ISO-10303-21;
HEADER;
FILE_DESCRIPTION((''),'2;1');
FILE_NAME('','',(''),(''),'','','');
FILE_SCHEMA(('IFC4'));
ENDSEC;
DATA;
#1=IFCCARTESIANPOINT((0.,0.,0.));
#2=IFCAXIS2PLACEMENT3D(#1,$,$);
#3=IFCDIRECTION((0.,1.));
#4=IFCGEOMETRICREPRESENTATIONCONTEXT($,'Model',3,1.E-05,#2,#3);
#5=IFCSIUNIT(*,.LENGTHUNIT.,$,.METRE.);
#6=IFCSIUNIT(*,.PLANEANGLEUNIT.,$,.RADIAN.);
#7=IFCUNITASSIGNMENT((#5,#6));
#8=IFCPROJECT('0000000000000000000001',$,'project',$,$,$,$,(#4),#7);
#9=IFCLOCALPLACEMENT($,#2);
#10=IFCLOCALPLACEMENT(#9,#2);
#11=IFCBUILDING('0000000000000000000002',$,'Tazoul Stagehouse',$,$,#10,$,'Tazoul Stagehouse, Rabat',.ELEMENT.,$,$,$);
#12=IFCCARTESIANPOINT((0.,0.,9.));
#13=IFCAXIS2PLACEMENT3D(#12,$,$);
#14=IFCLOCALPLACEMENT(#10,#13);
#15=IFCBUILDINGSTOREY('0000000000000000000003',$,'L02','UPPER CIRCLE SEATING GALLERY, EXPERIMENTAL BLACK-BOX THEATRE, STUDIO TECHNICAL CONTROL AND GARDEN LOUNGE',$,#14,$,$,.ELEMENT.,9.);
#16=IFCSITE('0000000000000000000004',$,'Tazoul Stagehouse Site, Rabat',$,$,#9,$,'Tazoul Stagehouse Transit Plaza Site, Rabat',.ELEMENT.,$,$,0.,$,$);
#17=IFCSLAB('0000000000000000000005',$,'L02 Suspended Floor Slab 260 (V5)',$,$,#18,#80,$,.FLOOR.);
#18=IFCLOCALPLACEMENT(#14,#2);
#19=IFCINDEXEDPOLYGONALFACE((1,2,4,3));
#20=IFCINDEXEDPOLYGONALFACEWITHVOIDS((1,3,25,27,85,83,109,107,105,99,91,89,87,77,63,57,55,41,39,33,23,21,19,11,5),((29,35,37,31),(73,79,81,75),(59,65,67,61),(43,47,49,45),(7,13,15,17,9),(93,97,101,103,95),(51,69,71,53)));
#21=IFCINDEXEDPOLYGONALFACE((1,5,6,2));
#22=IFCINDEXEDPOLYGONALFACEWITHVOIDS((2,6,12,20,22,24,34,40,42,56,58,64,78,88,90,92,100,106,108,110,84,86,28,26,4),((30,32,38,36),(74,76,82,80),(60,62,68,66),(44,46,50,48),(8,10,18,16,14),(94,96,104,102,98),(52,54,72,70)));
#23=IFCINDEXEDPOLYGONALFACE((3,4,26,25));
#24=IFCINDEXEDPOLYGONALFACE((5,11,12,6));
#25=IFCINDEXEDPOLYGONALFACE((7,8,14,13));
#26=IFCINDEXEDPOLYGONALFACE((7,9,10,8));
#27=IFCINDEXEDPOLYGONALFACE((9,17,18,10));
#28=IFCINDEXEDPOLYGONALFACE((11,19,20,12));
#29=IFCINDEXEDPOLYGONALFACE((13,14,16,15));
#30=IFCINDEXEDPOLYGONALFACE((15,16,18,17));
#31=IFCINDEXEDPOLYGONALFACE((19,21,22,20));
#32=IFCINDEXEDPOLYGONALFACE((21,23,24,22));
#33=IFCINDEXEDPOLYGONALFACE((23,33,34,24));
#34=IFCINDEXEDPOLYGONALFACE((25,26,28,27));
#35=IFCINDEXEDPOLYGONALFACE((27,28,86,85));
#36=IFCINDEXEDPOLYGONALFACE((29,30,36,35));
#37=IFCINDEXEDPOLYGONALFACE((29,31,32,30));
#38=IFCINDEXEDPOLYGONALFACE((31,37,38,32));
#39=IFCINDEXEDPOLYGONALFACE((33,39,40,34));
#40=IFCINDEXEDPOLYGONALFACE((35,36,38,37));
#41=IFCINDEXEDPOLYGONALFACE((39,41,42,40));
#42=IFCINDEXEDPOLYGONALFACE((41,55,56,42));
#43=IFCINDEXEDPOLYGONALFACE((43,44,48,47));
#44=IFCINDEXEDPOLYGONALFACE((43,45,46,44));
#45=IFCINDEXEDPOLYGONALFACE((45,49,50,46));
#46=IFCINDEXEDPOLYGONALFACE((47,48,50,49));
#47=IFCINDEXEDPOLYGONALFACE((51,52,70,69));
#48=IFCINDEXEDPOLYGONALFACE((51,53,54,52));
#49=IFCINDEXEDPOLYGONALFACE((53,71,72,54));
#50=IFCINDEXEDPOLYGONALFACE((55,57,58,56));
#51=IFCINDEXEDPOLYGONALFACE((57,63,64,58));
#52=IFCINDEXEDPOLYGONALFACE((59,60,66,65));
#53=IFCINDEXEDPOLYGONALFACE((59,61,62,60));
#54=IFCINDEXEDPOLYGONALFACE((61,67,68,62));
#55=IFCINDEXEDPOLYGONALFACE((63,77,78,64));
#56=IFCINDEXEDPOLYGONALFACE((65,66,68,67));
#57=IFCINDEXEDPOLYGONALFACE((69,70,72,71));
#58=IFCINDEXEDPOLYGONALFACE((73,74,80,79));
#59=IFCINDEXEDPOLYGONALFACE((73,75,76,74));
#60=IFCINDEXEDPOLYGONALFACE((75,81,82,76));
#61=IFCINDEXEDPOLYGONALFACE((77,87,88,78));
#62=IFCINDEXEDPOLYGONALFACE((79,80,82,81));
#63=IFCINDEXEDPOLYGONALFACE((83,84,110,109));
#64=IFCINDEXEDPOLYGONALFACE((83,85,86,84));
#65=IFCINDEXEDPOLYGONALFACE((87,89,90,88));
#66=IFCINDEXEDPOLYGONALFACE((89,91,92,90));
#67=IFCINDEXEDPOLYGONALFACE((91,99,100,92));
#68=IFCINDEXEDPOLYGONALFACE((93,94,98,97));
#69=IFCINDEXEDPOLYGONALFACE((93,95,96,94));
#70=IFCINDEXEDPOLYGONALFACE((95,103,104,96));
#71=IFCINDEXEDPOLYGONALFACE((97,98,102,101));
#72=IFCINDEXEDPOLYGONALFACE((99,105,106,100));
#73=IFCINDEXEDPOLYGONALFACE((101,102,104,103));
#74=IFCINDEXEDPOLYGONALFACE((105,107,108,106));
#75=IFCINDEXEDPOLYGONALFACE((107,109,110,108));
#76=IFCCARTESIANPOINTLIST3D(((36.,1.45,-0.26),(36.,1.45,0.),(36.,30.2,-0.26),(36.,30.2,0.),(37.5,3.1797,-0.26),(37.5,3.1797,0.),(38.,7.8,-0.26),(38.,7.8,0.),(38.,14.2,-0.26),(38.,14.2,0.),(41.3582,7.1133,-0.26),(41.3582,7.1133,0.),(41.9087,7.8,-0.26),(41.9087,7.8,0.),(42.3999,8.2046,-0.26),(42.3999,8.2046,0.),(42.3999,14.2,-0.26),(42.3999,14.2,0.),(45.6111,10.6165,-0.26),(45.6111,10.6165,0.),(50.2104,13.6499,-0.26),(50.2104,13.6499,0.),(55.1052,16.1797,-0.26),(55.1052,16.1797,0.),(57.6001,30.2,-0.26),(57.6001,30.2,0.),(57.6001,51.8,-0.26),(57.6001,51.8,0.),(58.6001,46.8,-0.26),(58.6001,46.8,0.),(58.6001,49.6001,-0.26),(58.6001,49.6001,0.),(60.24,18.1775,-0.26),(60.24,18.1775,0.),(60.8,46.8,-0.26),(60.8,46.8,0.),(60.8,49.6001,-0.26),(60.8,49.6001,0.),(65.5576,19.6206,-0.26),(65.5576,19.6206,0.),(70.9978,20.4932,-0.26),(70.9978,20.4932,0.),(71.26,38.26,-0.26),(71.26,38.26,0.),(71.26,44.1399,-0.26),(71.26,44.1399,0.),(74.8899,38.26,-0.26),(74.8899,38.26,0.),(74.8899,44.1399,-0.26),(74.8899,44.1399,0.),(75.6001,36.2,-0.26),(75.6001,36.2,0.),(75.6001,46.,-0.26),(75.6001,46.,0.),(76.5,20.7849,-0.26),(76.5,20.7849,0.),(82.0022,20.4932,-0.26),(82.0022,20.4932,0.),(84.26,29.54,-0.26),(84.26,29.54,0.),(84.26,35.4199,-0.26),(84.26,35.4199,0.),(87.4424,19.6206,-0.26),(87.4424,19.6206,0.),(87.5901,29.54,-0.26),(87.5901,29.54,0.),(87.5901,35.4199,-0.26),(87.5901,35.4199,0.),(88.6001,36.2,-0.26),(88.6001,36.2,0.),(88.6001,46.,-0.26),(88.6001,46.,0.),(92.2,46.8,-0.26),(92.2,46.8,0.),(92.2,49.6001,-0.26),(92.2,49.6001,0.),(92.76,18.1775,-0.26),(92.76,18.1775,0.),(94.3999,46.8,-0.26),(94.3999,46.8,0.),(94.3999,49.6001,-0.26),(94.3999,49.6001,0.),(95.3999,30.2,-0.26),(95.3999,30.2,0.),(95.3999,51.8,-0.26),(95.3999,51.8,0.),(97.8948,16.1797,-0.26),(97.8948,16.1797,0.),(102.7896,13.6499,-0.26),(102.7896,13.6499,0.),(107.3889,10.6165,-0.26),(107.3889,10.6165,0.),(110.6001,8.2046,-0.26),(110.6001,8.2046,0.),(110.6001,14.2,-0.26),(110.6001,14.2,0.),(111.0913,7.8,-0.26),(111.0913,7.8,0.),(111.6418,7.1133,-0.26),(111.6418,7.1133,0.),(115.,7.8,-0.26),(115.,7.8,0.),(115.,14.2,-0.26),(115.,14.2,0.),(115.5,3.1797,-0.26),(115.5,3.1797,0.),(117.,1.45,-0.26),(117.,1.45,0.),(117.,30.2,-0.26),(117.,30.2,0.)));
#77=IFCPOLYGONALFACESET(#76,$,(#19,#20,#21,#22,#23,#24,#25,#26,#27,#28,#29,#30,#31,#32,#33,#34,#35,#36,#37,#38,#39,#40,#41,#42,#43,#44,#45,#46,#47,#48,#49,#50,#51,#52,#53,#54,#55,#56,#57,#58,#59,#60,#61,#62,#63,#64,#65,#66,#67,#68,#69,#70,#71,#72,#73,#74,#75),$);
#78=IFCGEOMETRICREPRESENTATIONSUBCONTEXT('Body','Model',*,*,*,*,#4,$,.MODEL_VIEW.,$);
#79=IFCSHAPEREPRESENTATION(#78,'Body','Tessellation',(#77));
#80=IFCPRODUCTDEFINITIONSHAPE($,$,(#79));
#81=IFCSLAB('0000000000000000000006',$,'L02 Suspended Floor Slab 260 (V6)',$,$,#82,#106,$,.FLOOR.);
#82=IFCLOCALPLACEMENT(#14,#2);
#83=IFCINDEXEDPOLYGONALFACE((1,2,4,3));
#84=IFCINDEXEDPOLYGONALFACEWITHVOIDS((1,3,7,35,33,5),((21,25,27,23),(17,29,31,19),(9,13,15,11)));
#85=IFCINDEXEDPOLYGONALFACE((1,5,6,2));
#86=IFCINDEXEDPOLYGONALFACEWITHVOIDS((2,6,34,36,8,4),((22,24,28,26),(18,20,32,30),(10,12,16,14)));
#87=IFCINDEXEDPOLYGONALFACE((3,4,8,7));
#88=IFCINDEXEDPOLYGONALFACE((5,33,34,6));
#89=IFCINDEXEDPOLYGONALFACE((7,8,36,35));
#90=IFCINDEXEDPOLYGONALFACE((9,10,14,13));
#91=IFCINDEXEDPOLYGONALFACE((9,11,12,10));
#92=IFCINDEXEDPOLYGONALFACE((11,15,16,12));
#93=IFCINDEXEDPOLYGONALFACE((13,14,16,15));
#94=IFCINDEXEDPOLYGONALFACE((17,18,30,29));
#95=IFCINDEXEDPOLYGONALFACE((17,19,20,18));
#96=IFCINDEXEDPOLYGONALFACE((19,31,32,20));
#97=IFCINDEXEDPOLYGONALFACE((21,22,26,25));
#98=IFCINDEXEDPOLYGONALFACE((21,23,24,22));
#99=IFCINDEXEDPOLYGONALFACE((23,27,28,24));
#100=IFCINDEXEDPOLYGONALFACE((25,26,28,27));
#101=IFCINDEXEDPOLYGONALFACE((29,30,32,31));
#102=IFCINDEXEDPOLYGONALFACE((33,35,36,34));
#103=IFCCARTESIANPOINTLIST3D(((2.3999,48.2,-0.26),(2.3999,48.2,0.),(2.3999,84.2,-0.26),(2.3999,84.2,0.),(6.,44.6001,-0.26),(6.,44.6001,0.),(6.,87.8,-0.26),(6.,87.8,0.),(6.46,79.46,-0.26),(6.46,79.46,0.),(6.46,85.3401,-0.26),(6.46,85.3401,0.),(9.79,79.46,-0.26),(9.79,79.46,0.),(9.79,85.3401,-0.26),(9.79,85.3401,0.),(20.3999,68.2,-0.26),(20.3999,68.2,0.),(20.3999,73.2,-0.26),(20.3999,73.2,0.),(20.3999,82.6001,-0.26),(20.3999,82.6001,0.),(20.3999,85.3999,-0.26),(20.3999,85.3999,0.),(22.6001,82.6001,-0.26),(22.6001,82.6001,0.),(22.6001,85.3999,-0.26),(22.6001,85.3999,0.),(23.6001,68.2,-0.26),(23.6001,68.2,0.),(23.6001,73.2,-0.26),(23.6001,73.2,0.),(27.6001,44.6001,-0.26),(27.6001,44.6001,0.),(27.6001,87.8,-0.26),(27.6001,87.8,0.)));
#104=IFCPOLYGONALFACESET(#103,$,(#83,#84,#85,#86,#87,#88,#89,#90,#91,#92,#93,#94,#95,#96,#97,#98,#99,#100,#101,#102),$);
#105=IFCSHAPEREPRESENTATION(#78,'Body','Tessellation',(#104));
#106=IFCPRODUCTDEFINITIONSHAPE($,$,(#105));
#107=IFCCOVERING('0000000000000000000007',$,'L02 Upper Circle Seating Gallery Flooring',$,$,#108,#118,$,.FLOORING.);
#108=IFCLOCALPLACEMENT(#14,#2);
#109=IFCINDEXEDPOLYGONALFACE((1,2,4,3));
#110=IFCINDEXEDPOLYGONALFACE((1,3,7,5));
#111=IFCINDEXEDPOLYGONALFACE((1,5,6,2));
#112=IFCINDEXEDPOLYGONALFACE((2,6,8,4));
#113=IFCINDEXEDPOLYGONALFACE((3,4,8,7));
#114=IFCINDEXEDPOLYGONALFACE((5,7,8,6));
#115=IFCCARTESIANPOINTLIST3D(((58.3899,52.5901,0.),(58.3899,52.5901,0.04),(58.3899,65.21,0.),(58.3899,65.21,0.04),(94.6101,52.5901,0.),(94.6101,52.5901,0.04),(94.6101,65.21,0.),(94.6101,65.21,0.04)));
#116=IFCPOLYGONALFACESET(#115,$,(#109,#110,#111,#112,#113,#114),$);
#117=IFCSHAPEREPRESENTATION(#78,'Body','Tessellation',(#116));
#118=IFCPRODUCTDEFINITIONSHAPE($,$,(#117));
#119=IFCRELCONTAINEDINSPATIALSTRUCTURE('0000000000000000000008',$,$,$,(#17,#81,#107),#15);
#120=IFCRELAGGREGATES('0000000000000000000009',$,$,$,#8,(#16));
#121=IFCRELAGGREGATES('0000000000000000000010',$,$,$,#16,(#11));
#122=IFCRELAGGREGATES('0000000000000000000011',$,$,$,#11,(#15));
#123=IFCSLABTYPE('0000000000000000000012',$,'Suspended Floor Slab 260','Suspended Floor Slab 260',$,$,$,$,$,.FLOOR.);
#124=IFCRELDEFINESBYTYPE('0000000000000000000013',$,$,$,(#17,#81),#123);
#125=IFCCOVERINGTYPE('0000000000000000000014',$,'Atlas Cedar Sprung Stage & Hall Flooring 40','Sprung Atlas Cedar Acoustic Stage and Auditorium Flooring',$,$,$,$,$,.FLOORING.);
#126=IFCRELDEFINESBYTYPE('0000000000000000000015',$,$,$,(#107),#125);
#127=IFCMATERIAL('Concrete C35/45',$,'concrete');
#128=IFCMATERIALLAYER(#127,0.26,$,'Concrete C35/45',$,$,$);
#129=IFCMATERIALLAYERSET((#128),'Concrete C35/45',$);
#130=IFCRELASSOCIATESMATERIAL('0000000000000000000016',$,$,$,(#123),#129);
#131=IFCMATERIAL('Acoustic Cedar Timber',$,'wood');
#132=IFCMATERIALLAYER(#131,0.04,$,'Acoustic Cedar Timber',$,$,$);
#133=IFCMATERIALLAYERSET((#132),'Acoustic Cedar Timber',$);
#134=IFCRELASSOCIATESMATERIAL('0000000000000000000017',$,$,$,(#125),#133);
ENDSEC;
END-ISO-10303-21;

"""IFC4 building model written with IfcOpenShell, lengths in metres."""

from ifc_helpers import new_model, si_unit, direction, frame, origin, place, context, subcontext, project, spatial, polyline, outline, extrude, material, layer, layer_set, type_object, element, save


model = new_model("IFC4")

# Units and contexts
model_context = context("Model", 3, precision=1e-05, world=origin(), true_north=direction((0.0, 1.0)))
body_context = subcontext(model_context, "Body", "Model", "MODEL_VIEW")
ifc_project = project(units=[si_unit("LENGTHUNIT", "METRE"), si_unit("PLANEANGLEUNIT", "RADIAN")], contexts=[model_context])

# Site, building, storey
site_placement = place(None, origin())
site = spatial("IfcSite", under=ifc_project, at=site_placement, Name="Tazoul Stagehouse Site, Rabat", LongName="Tazoul Stagehouse Transit Plaza Site, Rabat", CompositionType="ELEMENT", RefElevation=0.0)
building_placement = place(site_placement, origin())
building = spatial("IfcBuilding", under=site, at=building_placement, Name="Tazoul Stagehouse", LongName="Tazoul Stagehouse, Rabat", CompositionType="ELEMENT")
storey_placement = place(building_placement, frame((0.0, 0.0, 9.0)))
storey = spatial("IfcBuildingStorey", under=building, at=storey_placement, Name="L02", Description="UPPER CIRCLE SEATING GALLERY, EXPERIMENTAL BLACK-BOX THEATRE, STUDIO TECHNICAL CONTROL AND GARDEN LOUNGE", CompositionType="ELEMENT", Elevation=9.0)

# Slabs
ifc_material_1 = material(Name="Concrete C35/45", Category="concrete")
ifc_layer_1 = layer(ifc_material_1, 0.26, Name="Concrete C35/45")
ifc_layer_set_1 = layer_set([ifc_layer_1], Name="Concrete C35/45")
slab_type_1 = type_object("IfcSlabType", Name="Suspended Floor Slab 260", Description="Suspended Floor Slab 260", PredefinedType="FLOOR", material=ifc_layer_set_1)
slab_1_placement = place(storey_placement, frame((0.0, 0.0, -0.26)))
element("IfcSlab", 1, at=slab_1_placement, inside=storey, type_object=slab_type_1, Name="L02 Suspended Floor Slab 260 (V5)", PredefinedType="FLOOR", context=body_context, shape_type="SweptSolid", body=[
    extrude(outline(polyline([(36.0, 1.45), (36.0, 30.2), (57.6001, 30.2), (57.6001, 51.8), (95.3999, 51.8), (95.3999, 30.2), (117.0, 30.2), (117.0, 1.45), (115.5, 3.1797), (111.6418, 7.1133), (107.3889, 10.6165), (102.7896, 13.6499), (97.8948, 16.1797), (92.76, 18.1775), (87.4424, 19.6206), (82.0022, 20.4932), (76.5, 20.7849), (70.9978, 20.4932), (65.5576, 19.6206), (60.24, 18.1775), (55.1052, 16.1797), (50.2104, 13.6499), (45.6111, 10.6165), (41.3582, 7.1133), (37.5, 3.1797), (36.0, 1.45)]), holes=[polyline([(110.6001, 8.2046), (110.6001, 14.2), (115.0, 14.2), (115.0, 7.8), (111.0913, 7.8), (110.6001, 8.2046)]), polyline([(41.9087, 7.8), (38.0, 7.8), (38.0, 14.2), (42.3999, 14.2), (42.3999, 8.2046), (41.9087, 7.8)]), polyline([(71.26, 38.26), (71.26, 44.1399), (74.8899, 44.1399), (74.8899, 38.26), (71.26, 38.26)]), polyline([(58.6001, 46.8), (58.6001, 49.6001), (60.8, 49.6001), (60.8, 46.8), (58.6001, 46.8)]), polyline([(84.26, 29.54), (84.26, 35.4199), (87.5901, 35.4199), (87.5901, 29.54), (84.26, 29.54)]), polyline([(88.6001, 46.0), (88.6001, 36.2), (75.6001, 36.2), (75.6001, 46.0), (88.6001, 46.0)]), polyline([(92.2, 49.6001), (94.3999, 49.6001), (94.3999, 46.8), (92.2, 46.8), (92.2, 49.6001)])]), origin(), (0.0, 0.0, 1.0), 0.26),
])
slab_2_placement = place(storey_placement, frame((0.0, 0.0, -0.26)))
element("IfcSlab", 2, at=slab_2_placement, inside=storey, type_object=slab_type_1, Name="L02 Suspended Floor Slab 260 (V6)", PredefinedType="FLOOR", context=body_context, shape_type="SweptSolid", body=[
    extrude(outline(polyline([(6.0, 44.6001), (2.3999, 48.2), (2.3999, 84.2), (6.0, 87.8), (27.6001, 87.8), (27.6001, 44.6001), (6.0, 44.6001)]), holes=[polyline([(20.3999, 73.2), (23.6001, 73.2), (23.6001, 68.2), (20.3999, 68.2), (20.3999, 73.2)]), polyline([(6.46, 85.3401), (9.79, 85.3401), (9.79, 79.46), (6.46, 79.46), (6.46, 85.3401)]), polyline([(20.3999, 85.3999), (22.6001, 85.3999), (22.6001, 82.6001), (20.3999, 82.6001), (20.3999, 85.3999)])]), origin(), (0.0, 0.0, 1.0), 0.26),
])

# Covering
ifc_material_2 = material(Name="Acoustic Cedar Timber", Category="wood")
ifc_layer_2 = layer(ifc_material_2, 0.04, Name="Acoustic Cedar Timber")
ifc_layer_set_2 = layer_set([ifc_layer_2], Name="Acoustic Cedar Timber")
covering_type_1 = type_object("IfcCoveringType", Name="Atlas Cedar Sprung Stage & Hall Flooring 40", Description="Sprung Atlas Cedar Acoustic Stage and Auditorium Flooring", PredefinedType="FLOORING", material=ifc_layer_set_2)
covering_1_placement = place(storey_placement, origin())
element("IfcCovering", 3, at=covering_1_placement, inside=storey, type_object=covering_type_1, Name="L02 Upper Circle Seating Gallery Flooring", PredefinedType="FLOORING", context=body_context, shape_type="SweptSolid", body=[
    extrude(outline(polyline([(94.6101, 65.21), (94.6101, 52.5901), (58.3899, 52.5901), (58.3899, 65.21), (94.6101, 65.21)])), origin(), (0.0, 0.0, 1.0), 0.04),
])

save(model, "model.ifc")
